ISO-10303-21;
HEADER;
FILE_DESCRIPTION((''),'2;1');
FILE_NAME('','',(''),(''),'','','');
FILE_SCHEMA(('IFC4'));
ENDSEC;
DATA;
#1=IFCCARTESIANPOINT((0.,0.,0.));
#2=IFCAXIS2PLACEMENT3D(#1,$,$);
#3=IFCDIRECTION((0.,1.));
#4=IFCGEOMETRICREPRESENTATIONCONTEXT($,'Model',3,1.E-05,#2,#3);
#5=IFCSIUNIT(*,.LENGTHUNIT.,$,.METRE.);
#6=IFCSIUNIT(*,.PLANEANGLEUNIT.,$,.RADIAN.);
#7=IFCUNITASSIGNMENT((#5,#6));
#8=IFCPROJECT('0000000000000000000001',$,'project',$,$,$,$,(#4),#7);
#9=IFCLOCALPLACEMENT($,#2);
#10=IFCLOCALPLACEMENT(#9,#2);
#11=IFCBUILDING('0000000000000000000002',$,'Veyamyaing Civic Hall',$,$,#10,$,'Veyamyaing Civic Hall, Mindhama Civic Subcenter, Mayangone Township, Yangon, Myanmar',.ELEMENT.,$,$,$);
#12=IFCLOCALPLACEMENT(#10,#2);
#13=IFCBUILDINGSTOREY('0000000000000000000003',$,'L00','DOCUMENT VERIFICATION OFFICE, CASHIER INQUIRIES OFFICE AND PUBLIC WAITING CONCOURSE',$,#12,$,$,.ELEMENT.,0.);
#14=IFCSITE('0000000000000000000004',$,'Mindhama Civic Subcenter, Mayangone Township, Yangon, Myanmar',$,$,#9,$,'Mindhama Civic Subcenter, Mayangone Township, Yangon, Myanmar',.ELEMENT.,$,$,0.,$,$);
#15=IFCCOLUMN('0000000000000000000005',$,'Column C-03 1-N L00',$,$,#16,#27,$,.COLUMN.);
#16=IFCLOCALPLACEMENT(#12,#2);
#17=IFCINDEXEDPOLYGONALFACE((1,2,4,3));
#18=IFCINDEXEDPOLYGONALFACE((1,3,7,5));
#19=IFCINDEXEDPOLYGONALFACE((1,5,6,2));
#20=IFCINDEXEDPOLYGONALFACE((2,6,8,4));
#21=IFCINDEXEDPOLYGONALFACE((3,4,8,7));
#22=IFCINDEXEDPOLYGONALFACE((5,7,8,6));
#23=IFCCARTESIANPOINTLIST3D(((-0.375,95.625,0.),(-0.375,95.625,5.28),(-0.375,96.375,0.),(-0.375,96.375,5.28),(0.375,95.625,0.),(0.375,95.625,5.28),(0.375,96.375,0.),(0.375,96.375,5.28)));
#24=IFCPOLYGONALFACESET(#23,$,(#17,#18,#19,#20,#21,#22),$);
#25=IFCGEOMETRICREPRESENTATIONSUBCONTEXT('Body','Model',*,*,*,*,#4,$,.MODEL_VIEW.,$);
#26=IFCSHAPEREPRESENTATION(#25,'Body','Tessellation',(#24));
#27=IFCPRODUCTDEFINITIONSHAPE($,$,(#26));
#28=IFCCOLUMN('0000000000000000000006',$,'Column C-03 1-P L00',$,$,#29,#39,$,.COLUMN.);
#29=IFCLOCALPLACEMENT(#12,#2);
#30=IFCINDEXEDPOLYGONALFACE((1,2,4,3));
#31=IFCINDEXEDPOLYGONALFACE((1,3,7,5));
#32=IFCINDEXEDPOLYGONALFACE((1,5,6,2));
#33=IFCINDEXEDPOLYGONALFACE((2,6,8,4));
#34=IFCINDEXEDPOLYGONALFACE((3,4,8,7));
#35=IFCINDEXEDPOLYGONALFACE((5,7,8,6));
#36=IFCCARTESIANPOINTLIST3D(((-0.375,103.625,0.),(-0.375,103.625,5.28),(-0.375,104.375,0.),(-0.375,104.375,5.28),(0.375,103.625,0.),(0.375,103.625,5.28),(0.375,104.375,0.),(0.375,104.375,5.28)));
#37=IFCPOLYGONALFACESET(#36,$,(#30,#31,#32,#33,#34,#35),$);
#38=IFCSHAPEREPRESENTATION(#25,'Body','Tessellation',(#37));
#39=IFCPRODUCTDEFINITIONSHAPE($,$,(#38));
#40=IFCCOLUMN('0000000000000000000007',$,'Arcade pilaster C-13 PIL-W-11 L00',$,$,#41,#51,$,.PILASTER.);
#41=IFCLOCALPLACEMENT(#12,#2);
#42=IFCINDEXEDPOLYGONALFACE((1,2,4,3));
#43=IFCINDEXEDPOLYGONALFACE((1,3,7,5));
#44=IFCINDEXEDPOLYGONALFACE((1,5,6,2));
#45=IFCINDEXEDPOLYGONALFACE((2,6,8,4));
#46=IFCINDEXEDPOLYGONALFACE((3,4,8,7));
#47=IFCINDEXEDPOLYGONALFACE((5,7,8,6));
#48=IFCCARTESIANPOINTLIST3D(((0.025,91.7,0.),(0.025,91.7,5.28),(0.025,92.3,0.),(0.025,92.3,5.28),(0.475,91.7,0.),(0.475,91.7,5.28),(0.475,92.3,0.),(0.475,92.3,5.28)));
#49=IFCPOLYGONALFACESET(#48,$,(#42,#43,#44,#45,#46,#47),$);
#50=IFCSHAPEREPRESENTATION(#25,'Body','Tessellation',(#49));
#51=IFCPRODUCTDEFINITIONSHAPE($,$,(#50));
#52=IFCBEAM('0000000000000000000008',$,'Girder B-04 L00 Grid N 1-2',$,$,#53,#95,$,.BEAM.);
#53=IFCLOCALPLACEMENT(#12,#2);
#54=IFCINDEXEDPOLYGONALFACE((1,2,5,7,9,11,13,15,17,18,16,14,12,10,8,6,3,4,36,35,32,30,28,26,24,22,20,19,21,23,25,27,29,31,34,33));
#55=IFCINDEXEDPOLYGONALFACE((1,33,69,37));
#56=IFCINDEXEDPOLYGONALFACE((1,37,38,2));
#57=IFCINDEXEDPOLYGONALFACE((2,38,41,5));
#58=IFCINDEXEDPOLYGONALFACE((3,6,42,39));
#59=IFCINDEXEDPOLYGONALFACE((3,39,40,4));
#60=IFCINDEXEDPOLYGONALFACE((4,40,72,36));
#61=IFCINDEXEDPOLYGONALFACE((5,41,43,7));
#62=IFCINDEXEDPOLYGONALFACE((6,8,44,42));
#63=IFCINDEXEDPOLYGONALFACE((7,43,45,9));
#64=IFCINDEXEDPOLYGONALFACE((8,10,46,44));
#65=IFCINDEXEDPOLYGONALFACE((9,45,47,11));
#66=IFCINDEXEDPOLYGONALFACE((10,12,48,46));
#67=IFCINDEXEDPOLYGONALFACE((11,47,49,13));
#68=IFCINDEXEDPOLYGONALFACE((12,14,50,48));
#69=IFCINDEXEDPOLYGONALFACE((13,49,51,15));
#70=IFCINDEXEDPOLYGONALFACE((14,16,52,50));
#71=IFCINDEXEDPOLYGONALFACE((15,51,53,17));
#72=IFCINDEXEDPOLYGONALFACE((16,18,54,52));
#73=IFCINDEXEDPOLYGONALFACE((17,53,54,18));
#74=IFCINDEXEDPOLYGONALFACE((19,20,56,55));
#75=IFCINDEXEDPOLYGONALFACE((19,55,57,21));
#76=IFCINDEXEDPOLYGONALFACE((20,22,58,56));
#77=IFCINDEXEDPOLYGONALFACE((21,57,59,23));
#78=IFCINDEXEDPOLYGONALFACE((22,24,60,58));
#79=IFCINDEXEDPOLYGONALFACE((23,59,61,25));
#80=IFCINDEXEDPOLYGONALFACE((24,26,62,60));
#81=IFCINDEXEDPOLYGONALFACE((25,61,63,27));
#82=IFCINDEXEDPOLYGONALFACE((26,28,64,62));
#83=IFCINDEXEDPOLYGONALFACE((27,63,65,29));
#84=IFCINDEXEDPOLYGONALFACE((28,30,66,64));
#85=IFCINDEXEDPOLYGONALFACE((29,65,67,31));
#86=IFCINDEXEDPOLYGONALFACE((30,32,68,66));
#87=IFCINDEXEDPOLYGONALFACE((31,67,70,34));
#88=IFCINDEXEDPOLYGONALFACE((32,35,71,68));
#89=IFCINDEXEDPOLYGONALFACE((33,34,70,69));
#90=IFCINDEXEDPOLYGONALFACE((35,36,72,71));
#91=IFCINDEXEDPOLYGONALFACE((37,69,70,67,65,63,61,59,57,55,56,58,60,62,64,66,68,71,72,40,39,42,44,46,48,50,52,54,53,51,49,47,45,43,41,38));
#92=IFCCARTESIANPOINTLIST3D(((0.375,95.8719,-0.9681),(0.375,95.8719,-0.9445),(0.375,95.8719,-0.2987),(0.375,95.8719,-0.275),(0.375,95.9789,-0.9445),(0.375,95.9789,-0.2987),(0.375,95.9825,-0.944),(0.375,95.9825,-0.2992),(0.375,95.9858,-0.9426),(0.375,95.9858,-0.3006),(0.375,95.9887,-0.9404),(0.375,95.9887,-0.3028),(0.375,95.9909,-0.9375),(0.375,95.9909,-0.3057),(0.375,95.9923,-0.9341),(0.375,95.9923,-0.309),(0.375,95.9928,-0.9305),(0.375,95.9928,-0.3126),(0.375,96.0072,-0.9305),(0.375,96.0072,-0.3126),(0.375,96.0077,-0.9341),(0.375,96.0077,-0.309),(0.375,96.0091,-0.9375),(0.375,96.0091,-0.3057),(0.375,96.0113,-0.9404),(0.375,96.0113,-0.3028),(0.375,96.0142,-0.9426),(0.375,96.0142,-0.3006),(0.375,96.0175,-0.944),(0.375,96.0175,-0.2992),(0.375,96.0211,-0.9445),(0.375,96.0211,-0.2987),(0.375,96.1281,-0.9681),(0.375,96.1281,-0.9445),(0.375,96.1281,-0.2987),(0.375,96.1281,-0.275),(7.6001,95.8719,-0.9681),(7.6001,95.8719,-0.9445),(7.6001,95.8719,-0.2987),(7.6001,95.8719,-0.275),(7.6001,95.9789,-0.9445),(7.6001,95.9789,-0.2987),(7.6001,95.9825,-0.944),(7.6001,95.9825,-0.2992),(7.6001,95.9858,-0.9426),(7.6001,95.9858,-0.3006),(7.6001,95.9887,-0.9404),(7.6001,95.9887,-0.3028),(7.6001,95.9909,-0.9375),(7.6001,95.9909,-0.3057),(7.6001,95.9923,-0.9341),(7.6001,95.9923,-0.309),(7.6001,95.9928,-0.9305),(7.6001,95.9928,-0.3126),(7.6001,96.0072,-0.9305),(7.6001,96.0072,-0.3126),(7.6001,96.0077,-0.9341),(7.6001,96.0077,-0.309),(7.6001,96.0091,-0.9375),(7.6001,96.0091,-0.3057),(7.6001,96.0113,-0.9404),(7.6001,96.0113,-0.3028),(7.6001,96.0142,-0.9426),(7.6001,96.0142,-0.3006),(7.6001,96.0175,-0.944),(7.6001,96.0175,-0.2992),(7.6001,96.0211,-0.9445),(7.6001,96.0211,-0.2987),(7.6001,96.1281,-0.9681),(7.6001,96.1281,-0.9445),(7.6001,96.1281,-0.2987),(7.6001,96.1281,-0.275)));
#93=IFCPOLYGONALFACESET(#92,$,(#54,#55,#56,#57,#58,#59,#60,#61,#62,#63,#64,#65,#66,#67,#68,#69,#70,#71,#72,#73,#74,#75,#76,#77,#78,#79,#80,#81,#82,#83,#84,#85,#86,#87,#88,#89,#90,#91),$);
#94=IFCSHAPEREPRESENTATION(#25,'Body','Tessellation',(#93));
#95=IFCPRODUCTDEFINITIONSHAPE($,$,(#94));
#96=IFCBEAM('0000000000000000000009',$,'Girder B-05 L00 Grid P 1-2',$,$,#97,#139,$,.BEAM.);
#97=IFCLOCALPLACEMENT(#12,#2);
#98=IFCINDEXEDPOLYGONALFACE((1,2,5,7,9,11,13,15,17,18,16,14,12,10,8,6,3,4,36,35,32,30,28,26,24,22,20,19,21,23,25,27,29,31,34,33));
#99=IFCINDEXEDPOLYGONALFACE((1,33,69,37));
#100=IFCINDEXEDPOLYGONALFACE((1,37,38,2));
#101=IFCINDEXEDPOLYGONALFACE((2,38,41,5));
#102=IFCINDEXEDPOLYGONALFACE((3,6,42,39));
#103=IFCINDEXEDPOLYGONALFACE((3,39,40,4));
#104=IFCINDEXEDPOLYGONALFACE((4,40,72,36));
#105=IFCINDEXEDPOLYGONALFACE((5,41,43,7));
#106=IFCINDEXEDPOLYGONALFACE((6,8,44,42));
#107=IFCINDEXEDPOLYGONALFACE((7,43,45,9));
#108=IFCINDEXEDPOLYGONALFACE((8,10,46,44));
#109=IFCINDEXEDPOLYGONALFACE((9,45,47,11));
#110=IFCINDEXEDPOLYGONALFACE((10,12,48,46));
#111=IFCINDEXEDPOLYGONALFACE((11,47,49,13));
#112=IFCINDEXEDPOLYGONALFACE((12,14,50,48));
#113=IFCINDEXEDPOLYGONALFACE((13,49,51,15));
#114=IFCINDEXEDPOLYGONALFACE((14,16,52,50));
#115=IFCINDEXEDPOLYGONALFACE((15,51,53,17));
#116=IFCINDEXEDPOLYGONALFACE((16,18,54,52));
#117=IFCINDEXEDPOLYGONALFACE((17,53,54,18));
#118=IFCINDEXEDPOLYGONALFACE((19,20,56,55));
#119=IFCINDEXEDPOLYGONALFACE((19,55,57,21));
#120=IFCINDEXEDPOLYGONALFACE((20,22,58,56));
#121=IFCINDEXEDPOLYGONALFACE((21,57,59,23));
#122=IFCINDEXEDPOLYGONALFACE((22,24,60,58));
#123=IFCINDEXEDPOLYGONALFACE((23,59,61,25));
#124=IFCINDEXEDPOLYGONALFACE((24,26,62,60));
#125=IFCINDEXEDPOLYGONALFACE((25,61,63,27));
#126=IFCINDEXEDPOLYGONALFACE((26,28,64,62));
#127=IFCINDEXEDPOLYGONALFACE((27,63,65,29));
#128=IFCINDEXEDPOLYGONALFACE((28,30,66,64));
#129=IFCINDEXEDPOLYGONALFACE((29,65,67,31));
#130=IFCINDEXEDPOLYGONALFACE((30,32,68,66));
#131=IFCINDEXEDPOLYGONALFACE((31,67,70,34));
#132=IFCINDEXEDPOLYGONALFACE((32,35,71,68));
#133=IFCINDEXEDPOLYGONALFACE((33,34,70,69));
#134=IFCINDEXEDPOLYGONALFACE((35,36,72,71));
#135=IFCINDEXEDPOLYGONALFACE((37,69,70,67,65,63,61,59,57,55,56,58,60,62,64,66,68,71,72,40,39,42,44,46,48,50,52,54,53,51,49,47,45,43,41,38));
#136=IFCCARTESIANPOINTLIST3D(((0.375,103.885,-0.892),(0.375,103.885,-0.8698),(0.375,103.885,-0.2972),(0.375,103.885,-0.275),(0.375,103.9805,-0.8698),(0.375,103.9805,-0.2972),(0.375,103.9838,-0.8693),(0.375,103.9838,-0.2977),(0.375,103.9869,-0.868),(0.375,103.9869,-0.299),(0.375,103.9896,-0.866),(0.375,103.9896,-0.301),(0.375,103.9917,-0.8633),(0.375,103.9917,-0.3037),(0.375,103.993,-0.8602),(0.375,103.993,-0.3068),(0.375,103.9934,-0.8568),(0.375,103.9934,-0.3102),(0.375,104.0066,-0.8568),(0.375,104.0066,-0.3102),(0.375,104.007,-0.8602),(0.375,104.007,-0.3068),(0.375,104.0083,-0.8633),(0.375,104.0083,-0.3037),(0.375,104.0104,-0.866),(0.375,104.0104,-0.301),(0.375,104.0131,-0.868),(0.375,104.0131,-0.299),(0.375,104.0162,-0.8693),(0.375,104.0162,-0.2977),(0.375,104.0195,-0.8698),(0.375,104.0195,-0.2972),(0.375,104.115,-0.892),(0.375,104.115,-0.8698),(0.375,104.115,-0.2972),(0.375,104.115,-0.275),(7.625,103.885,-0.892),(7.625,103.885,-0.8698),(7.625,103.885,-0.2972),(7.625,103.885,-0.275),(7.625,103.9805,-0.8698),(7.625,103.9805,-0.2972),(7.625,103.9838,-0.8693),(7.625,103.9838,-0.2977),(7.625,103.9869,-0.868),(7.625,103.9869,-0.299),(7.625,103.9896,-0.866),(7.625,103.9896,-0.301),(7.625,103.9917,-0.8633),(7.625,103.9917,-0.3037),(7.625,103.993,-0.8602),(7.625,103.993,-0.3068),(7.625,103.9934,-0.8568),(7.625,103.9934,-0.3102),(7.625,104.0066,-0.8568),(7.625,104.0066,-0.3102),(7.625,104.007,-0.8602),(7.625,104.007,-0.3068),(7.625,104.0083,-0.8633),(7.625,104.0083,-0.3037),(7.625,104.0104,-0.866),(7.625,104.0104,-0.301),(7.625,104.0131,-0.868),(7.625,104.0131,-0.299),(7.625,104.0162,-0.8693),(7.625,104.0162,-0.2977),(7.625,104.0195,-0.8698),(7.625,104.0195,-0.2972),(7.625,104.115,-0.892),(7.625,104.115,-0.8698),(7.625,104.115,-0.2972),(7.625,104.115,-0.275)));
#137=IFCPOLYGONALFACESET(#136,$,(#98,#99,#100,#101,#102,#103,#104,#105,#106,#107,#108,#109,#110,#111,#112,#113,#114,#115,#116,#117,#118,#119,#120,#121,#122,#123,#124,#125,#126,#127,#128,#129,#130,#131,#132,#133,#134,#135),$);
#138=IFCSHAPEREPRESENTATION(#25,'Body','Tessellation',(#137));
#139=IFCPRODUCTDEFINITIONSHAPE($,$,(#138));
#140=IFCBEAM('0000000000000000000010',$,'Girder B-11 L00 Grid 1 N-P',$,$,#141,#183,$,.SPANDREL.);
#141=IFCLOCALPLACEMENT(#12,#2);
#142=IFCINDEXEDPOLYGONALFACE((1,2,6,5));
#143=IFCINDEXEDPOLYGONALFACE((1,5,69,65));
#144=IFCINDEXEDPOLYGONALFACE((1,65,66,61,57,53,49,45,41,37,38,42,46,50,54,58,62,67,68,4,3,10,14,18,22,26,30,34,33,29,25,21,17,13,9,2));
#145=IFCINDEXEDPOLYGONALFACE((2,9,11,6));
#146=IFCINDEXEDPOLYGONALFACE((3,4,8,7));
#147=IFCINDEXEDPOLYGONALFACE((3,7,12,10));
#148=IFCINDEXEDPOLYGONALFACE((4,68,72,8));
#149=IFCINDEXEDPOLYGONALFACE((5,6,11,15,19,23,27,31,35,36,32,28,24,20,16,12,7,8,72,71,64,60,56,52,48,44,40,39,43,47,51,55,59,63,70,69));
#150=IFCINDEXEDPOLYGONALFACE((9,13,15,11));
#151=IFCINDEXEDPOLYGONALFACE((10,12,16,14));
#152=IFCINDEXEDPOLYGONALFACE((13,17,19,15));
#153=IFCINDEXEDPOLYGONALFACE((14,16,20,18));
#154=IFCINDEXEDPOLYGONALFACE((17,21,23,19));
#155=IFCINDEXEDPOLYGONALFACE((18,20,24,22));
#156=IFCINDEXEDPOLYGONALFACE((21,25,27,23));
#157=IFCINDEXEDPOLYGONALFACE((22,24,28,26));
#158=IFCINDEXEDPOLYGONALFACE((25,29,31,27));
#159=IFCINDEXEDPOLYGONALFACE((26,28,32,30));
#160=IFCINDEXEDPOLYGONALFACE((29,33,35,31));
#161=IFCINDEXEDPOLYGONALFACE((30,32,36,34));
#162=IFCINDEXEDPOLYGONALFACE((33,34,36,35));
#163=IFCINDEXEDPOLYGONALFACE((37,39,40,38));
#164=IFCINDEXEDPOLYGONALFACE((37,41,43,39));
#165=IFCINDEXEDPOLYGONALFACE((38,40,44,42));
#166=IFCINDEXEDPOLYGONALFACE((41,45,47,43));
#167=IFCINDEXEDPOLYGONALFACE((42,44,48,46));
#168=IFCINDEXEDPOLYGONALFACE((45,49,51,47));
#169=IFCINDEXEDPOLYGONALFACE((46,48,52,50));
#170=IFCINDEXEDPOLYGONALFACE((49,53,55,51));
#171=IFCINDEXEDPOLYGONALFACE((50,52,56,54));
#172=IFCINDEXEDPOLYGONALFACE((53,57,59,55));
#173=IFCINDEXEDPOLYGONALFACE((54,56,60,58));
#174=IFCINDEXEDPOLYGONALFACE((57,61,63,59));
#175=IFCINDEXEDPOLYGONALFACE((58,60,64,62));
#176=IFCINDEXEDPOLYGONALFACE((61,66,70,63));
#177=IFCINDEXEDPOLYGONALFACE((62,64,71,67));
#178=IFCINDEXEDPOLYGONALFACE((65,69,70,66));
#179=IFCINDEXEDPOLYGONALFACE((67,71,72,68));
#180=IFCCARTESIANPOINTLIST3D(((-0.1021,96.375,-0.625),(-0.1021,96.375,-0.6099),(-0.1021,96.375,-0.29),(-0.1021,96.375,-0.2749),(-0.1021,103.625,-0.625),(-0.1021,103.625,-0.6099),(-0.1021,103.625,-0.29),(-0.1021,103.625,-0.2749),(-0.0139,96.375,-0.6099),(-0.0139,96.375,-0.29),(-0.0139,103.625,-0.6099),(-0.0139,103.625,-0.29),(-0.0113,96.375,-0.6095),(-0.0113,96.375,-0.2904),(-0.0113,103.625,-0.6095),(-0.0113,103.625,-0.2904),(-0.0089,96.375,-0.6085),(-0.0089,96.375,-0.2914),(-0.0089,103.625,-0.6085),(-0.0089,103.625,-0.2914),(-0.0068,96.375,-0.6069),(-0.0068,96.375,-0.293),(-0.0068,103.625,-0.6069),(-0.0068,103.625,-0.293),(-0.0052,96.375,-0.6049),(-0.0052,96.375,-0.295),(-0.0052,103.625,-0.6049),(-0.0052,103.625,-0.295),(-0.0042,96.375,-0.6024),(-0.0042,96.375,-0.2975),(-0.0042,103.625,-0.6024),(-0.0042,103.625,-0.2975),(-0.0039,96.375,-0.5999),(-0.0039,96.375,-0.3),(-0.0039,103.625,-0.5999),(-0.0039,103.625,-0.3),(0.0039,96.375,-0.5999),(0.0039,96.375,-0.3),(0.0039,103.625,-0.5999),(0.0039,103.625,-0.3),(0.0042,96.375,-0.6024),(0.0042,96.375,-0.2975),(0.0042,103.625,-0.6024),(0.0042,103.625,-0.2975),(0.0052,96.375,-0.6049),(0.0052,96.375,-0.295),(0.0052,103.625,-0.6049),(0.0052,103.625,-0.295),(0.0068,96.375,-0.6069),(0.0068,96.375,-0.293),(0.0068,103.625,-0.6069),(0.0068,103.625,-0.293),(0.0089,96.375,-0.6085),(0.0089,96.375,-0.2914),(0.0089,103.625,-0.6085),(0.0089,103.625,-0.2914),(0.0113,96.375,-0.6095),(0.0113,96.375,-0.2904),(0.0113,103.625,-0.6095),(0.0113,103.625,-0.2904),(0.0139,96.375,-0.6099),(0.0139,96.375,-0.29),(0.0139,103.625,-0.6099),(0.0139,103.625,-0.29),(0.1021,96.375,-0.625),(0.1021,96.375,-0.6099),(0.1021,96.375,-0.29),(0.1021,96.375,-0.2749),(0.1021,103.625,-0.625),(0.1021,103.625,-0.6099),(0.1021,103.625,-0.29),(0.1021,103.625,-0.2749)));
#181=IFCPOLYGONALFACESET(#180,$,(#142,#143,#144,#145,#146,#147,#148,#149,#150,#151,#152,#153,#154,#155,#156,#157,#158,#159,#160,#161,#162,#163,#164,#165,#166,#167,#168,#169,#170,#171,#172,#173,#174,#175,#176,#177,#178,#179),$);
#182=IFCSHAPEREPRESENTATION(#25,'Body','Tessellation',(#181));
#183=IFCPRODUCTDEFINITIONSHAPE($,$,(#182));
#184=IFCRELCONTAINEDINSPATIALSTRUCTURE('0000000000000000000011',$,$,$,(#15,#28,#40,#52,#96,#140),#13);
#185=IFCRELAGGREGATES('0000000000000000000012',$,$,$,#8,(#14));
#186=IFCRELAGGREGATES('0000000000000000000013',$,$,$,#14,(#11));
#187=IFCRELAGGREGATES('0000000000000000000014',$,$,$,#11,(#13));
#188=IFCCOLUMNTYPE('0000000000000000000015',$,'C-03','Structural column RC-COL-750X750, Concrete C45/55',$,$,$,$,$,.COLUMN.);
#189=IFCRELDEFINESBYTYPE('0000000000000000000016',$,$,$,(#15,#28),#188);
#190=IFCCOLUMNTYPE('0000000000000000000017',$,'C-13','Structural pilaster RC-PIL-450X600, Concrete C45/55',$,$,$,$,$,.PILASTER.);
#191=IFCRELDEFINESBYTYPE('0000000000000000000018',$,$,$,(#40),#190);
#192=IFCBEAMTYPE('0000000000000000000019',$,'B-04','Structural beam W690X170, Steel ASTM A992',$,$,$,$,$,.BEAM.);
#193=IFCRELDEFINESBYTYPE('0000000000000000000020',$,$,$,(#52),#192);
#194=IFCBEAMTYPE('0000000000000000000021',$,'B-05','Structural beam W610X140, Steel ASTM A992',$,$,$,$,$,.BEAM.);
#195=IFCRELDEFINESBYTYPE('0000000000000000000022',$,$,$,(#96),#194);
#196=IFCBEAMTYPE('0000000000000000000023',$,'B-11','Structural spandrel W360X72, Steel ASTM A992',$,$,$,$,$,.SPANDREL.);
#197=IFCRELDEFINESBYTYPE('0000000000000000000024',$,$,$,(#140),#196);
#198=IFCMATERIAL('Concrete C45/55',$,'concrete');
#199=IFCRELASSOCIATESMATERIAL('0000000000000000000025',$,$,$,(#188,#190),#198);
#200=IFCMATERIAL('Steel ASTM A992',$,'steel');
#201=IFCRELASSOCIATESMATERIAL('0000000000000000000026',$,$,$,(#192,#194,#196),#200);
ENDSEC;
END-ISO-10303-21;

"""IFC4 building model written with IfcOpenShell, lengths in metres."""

from ifc_helpers import new_model, si_unit, direction, frame, origin, origin_2d, place, context, subcontext, project, spatial, rectangle, i_section, extrude, material, material_profile, profile_set, type_object, element, save


model = new_model("IFC4")

# Units and contexts
model_context = context("Model", 3, precision=1e-05, world=origin(), true_north=direction((0.0, 1.0)))
body_context = subcontext(model_context, "Body", "Model", "MODEL_VIEW")
ifc_project = project(units=[si_unit("LENGTHUNIT", "METRE"), si_unit("PLANEANGLEUNIT", "RADIAN")], contexts=[model_context])

# Site, building, storey
site_placement = place(None, origin())
site = spatial("IfcSite", under=ifc_project, at=site_placement, Name="Mindhama Civic Subcenter, Mayangone Township, Yangon, Myanmar", LongName="Mindhama Civic Subcenter, Mayangone Township, Yangon, Myanmar", CompositionType="ELEMENT", RefElevation=0.0)
building_placement = place(site_placement, origin())
building = spatial("IfcBuilding", under=site, at=building_placement, Name="Veyamyaing Civic Hall", LongName="Veyamyaing Civic Hall, Mindhama Civic Subcenter, Mayangone Township, Yangon, Myanmar", CompositionType="ELEMENT")
storey_placement = place(building_placement, origin())
storey = spatial("IfcBuildingStorey", under=building, at=storey_placement, Name="L00", Description="DOCUMENT VERIFICATION OFFICE, CASHIER INQUIRIES OFFICE AND PUBLIC WAITING CONCOURSE", CompositionType="ELEMENT", Elevation=0.0)

# Columns
ifc_material_1 = material(Name="Concrete C45/55", Category="concrete")
ifc_material_profile_1 = material_profile(ifc_material_1, rectangle(XDim=0.75, YDim=0.75, at=origin_2d()), Name="RC-COL-750X750")
ifc_profile_set_1 = profile_set([ifc_material_profile_1], Name="Concrete C45/55")
column_type_1 = type_object("IfcColumnType", Name="C-03", Description="Structural column RC-COL-750X750, Concrete C45/55", PredefinedType="COLUMN", material=ifc_profile_set_1)
for number, where, z_axis, x_axis, name in (
    (1, (0.0, 96.0, 0.0), (0.0, 0.0, 1.0), (1.0, 0.0, 0.0), "Column C-03 1-N L00"),
    (2, (0.0, 104.0, 0.0), (0.0, 0.0, 1.0), (1.0, 0.0, 0.0), "Column C-03 1-P L00"),
):
    element("IfcColumn", number, at=place(storey_placement, frame(where, z_axis=z_axis, x_axis=x_axis)), inside=storey, type_object=column_type_1, Name=name, PredefinedType="COLUMN", context=body_context, shape_type="SweptSolid", body=[
        extrude(rectangle(XDim=0.75, YDim=0.75, at=origin_2d()), origin(), (0.0, 0.0, 1.0), 5.28),
    ])
ifc_material_profile_2 = material_profile(ifc_material_1, rectangle(XDim=0.45, YDim=0.6001, at=origin_2d()), Name="RC-PIL-450X600")
ifc_profile_set_2 = profile_set([ifc_material_profile_2], Name="Concrete C45/55")
column_type_2 = type_object("IfcColumnType", Name="C-13", Description="Structural pilaster RC-PIL-450X600, Concrete C45/55", PredefinedType="PILASTER", material=ifc_profile_set_2)
column_placement = place(storey_placement, frame((0.25, 92.0, 0.0), z_axis=(0.0, 0.0, 1.0), x_axis=(1.0, 0.0, 0.0)))
element("IfcColumn", 3, at=column_placement, inside=storey, type_object=column_type_2, Name="Arcade pilaster C-13 PIL-W-11 L00", PredefinedType="PILASTER", context=body_context, shape_type="SweptSolid", body=[
    extrude(rectangle(XDim=0.45, YDim=0.6001, at=origin_2d()), origin(), (0.0, 0.0, 1.0), 5.28),
])

# Beams
ifc_material_2 = material(Name="Steel ASTM A992", Category="steel")
ifc_material_profile_3 = material_profile(ifc_material_2, i_section(OverallWidth=0.2561, OverallDepth=0.6931, WebThickness=0.0144, FlangeThickness=0.0237, FilletRadius=0.0139, at=origin_2d()), Name="W690X170")
ifc_profile_set_3 = profile_set([ifc_material_profile_3], Name="Steel ASTM A992")
beam_type_1 = type_object("IfcBeamType", Name="B-04", Description="Structural beam W690X170, Steel ASTM A992", PredefinedType="BEAM", material=ifc_profile_set_3)
beam_1_placement = place(storey_placement, frame((0.375, 96.0, -0.6216), z_axis=(1.0, 0.0, 0.0), x_axis=(0.0, 1.0, 0.0)))
element("IfcBeam", 4, at=beam_1_placement, inside=storey, type_object=beam_type_1, Name="Girder B-04 L00 Grid N 1-2", PredefinedType="BEAM", context=body_context, shape_type="SweptSolid", body=[
    extrude(i_section(OverallWidth=0.2561, OverallDepth=0.6931, WebThickness=0.0144, FlangeThickness=0.0237, FilletRadius=0.0139, at=origin_2d()), origin(), (0.0, 0.0, 1.0), 7.2251),
])
ifc_material_profile_4 = material_profile(ifc_material_2, i_section(OverallWidth=0.23, OverallDepth=0.6169, WebThickness=0.0132, FlangeThickness=0.0222, FilletRadius=0.0129, at=origin_2d()), Name="W610X140")
ifc_profile_set_4 = profile_set([ifc_material_profile_4], Name="Steel ASTM A992")
beam_type_2 = type_object("IfcBeamType", Name="B-05", Description="Structural beam W610X140, Steel ASTM A992", PredefinedType="BEAM", material=ifc_profile_set_4)
beam_2_placement = place(storey_placement, frame((0.375, 104.0, -0.5835), z_axis=(1.0, 0.0, 0.0), x_axis=(0.0, 1.0, 0.0)))
element("IfcBeam", 5, at=beam_2_placement, inside=storey, type_object=beam_type_2, Name="Girder B-05 L00 Grid P 1-2", PredefinedType="BEAM", context=body_context, shape_type="SweptSolid", body=[
    extrude(i_section(OverallWidth=0.23, OverallDepth=0.6169, WebThickness=0.0132, FlangeThickness=0.0222, FilletRadius=0.0129, at=origin_2d()), origin(), (0.0, 0.0, 1.0), 7.25),
])
ifc_material_profile_5 = material_profile(ifc_material_2, i_section(OverallWidth=0.2041, OverallDepth=0.3501, WebThickness=0.0078, FlangeThickness=0.0151, FilletRadius=0.01, at=origin_2d()), Name="W360X72")
ifc_profile_set_5 = profile_set([ifc_material_profile_5], Name="Steel ASTM A992")
beam_type_3 = type_object("IfcBeamType", Name="B-11", Description="Structural spandrel W360X72, Steel ASTM A992", PredefinedType="SPANDREL", material=ifc_profile_set_5)
beam_3_placement = place(storey_placement, frame((0.0, 96.375, -0.45), z_axis=(0.0, 1.0, 0.0), x_axis=(-1.0, 0.0, 0.0)))
element("IfcBeam", 6, at=beam_3_placement, inside=storey, type_object=beam_type_3, Name="Girder B-11 L00 Grid 1 N-P", PredefinedType="SPANDREL", context=body_context, shape_type="SweptSolid", body=[
    extrude(i_section(OverallWidth=0.2041, OverallDepth=0.3501, WebThickness=0.0078, FlangeThickness=0.0151, FilletRadius=0.01, at=origin_2d()), origin(), (0.0, 0.0, 1.0), 7.25),
])

save(model, "model.ifc")
